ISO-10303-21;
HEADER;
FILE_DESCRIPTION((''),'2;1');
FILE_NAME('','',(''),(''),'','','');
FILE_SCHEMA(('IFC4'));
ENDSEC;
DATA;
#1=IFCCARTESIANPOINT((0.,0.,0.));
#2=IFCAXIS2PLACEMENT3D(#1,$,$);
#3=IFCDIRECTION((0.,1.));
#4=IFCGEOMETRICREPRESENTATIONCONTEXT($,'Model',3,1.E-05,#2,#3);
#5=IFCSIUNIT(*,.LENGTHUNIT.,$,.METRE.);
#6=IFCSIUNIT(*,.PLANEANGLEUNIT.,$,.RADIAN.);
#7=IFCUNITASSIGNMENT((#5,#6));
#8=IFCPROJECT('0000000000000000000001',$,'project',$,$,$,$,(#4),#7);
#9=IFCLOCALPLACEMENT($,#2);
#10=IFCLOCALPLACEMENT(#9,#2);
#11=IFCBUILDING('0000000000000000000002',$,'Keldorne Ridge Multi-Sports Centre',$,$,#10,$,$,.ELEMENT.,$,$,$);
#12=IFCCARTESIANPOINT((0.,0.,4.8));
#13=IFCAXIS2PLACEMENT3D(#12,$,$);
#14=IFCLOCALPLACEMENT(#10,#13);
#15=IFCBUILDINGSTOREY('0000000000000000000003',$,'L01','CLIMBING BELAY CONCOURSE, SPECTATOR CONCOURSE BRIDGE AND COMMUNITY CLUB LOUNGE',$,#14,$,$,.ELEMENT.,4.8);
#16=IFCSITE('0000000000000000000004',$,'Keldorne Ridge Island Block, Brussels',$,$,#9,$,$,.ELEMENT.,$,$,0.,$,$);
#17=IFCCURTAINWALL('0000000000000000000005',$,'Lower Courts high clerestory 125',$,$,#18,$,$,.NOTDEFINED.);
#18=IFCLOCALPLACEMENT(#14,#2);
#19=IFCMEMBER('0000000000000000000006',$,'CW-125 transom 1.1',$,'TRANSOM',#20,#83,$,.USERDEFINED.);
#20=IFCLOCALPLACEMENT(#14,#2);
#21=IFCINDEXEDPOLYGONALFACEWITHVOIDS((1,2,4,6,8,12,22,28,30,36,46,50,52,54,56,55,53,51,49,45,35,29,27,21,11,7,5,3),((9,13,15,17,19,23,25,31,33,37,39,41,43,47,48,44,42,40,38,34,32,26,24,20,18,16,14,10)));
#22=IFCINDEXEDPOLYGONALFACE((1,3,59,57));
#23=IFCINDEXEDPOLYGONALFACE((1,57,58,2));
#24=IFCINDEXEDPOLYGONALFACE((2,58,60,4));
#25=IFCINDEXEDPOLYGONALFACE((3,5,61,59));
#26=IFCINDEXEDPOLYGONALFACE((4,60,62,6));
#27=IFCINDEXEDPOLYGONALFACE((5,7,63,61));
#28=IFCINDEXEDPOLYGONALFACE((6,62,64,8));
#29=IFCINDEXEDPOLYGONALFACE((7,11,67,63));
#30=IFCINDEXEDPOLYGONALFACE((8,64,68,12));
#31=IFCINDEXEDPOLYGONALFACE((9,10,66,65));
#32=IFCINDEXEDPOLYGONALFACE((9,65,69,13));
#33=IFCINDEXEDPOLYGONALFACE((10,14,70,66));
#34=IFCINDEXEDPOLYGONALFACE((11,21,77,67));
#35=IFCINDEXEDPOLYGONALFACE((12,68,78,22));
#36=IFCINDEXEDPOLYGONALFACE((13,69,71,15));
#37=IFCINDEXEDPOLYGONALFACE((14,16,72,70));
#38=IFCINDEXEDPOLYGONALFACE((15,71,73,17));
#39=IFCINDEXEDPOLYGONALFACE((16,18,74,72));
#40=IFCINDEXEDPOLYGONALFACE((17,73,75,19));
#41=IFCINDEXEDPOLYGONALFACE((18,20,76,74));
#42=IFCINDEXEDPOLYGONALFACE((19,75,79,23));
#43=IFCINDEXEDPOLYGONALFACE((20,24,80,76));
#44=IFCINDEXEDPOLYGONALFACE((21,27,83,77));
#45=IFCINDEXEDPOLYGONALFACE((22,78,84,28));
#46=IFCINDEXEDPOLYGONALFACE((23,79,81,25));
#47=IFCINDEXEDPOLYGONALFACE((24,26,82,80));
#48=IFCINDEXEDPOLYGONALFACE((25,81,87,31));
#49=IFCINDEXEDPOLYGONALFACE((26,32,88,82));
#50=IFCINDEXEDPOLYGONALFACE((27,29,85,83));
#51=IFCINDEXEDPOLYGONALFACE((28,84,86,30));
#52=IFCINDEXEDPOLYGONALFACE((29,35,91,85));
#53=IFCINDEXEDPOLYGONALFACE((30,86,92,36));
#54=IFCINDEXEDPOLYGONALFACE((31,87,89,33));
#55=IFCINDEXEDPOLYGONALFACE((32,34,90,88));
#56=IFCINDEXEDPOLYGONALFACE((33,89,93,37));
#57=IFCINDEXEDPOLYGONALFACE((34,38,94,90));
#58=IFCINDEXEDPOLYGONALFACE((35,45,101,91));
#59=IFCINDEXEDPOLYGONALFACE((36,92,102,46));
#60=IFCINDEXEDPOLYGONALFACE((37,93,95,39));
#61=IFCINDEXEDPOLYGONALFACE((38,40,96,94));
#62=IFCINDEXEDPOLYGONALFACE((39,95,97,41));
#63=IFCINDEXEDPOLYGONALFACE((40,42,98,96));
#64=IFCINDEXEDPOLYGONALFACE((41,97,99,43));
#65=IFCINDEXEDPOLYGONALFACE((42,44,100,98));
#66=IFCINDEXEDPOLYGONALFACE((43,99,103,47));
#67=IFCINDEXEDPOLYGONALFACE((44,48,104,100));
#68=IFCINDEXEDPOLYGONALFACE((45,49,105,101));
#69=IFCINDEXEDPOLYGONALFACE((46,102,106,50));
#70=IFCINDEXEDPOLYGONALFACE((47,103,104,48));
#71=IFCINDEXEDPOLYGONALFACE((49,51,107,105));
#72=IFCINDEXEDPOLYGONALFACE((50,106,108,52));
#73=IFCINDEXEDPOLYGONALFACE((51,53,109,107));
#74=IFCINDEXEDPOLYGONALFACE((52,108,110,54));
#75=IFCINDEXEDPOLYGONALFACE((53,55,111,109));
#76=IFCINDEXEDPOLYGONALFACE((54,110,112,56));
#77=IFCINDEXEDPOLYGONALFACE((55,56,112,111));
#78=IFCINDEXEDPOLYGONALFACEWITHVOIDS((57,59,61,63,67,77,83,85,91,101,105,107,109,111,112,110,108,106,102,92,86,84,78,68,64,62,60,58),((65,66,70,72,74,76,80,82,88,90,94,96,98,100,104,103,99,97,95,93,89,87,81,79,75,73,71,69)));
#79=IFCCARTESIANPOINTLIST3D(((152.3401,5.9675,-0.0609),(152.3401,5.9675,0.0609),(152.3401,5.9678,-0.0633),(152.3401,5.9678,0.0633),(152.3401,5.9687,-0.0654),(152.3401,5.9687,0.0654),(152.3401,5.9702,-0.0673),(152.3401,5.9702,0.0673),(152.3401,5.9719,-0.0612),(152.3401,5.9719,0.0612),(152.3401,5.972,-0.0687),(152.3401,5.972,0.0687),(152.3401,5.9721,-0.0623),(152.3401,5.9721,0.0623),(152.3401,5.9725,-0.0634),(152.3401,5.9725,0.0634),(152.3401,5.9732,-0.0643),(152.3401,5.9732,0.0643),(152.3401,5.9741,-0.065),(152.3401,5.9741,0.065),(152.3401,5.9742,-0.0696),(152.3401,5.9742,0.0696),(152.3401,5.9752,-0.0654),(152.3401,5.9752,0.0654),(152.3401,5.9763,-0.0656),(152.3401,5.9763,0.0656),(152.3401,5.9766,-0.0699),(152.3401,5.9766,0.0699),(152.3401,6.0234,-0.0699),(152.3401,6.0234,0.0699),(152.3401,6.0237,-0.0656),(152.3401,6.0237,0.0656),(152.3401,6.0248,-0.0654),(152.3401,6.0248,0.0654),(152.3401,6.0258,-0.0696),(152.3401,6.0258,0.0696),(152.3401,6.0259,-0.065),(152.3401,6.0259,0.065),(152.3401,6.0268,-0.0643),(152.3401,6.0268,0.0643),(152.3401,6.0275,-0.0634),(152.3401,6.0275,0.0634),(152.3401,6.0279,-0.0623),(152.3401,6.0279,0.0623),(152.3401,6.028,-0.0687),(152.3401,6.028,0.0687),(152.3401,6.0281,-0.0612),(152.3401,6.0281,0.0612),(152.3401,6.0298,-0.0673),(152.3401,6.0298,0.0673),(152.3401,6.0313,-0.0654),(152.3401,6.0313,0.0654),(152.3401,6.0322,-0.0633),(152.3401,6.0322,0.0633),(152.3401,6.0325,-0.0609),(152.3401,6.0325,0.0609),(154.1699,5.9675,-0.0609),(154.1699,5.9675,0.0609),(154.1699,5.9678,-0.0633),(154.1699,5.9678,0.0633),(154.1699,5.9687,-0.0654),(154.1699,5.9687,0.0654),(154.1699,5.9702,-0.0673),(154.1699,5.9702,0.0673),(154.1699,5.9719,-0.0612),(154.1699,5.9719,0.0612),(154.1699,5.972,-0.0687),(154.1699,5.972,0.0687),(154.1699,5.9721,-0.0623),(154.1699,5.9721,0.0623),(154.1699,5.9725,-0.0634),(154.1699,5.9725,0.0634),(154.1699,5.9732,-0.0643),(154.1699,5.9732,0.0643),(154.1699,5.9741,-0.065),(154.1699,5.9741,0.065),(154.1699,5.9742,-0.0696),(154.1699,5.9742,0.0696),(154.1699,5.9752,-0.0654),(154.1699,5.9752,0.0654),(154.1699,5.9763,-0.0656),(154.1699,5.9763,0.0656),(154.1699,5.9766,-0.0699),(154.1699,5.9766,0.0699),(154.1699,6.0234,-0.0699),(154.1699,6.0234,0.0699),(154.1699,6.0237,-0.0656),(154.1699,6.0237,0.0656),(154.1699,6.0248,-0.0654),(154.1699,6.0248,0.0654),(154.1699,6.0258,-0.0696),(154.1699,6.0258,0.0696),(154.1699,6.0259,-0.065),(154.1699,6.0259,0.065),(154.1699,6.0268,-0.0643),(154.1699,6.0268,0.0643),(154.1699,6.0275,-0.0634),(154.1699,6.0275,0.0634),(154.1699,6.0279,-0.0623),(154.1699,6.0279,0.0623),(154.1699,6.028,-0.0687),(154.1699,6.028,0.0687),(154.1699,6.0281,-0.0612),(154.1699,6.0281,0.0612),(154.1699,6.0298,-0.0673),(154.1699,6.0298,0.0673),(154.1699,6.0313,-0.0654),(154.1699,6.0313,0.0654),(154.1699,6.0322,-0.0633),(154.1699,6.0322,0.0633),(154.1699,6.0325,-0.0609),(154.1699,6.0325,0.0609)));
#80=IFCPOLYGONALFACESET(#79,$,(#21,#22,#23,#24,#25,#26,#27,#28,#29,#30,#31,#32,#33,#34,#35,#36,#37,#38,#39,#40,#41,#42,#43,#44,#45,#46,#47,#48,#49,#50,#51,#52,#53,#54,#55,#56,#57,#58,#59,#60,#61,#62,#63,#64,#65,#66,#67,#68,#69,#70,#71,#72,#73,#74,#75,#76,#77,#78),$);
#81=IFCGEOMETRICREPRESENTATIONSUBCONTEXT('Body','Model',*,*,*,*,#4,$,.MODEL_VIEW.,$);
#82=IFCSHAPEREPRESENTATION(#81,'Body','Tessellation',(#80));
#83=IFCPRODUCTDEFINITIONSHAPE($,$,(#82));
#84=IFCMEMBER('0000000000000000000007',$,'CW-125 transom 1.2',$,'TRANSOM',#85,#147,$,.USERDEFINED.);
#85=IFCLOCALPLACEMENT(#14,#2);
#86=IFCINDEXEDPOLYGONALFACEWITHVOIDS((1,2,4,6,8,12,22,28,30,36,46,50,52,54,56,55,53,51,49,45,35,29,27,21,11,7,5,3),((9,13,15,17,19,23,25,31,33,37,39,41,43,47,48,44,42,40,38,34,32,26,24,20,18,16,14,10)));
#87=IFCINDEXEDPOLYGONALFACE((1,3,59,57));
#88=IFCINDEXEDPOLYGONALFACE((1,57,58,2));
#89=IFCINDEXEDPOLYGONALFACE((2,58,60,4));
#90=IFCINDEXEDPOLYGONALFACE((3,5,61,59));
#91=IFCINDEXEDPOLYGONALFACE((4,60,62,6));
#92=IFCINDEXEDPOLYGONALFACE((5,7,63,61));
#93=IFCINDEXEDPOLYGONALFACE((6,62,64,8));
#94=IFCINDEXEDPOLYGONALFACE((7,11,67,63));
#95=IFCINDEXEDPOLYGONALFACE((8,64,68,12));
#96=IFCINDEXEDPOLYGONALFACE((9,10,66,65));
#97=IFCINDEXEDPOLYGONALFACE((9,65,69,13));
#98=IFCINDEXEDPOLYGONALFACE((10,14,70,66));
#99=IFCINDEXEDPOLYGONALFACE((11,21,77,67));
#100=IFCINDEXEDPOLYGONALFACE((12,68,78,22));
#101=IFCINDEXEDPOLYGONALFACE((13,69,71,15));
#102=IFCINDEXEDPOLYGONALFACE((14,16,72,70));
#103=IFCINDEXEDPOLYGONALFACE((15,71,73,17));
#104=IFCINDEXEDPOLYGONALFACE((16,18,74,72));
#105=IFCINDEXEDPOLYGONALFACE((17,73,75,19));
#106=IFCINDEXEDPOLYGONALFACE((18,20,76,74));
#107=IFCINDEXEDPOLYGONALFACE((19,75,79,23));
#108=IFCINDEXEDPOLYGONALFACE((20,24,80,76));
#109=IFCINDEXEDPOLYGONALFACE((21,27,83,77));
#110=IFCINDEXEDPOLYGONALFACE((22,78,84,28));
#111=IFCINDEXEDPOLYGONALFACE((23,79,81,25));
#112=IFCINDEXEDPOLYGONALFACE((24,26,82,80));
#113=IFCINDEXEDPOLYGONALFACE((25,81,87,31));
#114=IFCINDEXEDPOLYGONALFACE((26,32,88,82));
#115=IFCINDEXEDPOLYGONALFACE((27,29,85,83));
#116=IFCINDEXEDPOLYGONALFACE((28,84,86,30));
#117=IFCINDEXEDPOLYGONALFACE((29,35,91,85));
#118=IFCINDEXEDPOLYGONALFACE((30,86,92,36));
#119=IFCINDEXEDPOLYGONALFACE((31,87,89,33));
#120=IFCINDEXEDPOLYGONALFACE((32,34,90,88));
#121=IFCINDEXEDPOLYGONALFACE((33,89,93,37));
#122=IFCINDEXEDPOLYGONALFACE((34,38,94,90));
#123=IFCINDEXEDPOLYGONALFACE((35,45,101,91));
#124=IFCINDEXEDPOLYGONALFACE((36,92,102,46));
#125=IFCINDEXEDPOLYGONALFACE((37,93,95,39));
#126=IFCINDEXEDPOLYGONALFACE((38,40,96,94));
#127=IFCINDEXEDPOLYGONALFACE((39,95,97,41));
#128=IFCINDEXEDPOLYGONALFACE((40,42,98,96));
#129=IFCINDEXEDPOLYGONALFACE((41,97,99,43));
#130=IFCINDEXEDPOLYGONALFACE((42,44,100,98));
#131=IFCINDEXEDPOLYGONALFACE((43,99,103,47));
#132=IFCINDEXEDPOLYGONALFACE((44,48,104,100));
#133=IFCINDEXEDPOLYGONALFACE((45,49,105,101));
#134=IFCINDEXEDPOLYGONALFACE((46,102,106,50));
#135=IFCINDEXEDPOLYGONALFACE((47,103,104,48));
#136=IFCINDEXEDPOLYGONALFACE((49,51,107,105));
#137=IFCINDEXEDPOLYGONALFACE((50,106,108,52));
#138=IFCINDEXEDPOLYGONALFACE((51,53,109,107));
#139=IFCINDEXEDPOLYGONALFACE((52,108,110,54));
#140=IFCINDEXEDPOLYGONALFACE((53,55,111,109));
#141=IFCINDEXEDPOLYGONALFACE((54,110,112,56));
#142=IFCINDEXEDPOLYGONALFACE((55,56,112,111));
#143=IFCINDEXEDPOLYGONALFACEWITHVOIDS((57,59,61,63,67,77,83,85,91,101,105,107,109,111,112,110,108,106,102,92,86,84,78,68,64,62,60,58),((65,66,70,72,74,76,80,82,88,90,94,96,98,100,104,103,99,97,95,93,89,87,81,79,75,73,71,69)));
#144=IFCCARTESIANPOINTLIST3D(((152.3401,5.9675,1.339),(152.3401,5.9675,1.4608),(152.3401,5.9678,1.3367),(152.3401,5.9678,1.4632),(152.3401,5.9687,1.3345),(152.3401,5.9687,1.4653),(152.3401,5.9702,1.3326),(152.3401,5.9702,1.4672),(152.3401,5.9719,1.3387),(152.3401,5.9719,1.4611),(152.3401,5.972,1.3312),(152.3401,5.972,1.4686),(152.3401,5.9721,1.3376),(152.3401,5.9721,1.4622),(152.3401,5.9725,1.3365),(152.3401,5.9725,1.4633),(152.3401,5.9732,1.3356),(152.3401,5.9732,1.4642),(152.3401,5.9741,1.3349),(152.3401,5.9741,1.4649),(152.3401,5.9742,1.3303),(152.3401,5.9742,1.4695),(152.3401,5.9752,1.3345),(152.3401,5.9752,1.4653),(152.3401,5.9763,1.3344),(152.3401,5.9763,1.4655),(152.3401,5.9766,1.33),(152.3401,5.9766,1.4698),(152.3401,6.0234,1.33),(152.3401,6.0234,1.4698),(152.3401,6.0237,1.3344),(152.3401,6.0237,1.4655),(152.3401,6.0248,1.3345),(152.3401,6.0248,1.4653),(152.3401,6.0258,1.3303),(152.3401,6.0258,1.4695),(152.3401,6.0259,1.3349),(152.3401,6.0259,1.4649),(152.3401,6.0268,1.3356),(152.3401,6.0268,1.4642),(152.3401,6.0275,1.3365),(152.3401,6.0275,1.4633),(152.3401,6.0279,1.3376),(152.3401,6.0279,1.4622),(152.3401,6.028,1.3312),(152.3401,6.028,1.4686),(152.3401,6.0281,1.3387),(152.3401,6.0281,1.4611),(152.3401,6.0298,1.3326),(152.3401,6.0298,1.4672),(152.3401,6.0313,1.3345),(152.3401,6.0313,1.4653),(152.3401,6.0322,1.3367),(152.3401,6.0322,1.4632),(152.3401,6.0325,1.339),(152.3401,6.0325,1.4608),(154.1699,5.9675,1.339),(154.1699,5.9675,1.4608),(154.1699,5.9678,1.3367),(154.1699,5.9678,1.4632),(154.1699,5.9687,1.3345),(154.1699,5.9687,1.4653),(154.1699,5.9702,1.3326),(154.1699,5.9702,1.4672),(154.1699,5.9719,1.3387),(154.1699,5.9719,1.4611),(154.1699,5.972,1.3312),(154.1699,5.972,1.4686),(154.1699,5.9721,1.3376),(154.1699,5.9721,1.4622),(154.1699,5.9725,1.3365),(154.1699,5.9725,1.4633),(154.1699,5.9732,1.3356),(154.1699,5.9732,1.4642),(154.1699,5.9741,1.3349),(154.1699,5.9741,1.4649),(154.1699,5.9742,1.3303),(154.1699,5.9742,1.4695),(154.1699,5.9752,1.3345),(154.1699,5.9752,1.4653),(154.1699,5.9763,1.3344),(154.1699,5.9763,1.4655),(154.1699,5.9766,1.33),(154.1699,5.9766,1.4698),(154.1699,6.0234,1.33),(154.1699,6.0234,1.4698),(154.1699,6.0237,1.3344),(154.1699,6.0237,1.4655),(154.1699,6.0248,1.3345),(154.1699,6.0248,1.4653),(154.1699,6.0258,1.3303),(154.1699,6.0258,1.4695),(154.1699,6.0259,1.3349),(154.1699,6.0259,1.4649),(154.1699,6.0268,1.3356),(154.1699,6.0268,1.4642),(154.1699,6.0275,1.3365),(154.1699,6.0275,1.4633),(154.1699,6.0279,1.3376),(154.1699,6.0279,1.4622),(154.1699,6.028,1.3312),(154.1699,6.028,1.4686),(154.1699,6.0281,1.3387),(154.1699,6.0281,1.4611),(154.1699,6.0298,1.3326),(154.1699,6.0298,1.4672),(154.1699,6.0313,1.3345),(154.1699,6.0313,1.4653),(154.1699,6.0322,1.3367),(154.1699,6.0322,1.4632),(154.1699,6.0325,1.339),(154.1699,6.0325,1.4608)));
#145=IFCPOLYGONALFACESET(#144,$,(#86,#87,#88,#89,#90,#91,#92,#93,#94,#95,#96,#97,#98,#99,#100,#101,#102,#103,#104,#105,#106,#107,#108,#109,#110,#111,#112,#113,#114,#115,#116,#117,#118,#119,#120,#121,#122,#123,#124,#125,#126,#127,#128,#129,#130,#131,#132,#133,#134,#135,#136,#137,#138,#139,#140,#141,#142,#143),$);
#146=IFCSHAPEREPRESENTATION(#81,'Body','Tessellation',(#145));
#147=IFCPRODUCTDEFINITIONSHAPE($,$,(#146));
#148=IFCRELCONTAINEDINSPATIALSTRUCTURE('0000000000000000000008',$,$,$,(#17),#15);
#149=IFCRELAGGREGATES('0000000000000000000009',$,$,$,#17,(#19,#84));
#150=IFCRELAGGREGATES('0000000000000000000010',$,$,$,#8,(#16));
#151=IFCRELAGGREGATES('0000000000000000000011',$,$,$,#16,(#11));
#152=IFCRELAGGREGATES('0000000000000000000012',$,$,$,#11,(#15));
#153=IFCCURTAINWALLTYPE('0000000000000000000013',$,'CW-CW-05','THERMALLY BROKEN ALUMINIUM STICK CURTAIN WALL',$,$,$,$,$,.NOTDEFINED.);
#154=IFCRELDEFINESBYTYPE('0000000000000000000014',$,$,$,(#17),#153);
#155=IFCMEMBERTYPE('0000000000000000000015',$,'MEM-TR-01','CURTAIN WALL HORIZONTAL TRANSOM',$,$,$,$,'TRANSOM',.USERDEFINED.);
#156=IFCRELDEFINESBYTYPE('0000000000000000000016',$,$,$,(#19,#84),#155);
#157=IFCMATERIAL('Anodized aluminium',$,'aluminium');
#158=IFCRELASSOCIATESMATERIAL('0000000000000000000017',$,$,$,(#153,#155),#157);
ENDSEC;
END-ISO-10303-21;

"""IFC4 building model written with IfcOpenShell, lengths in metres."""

from ifc_helpers import new_model, si_unit, direction, frame, origin, origin_2d, place, context, subcontext, project, spatial, hollow_rectangle, extrude, material, material_profile, profile_set, type_object, element, aggregate, save


model = new_model("IFC4")

# Units and contexts
model_context = context("Model", 3, precision=1e-05, world=origin(), true_north=direction((0.0, 1.0)))
body_context = subcontext(model_context, "Body", "Model", "MODEL_VIEW")
ifc_project = project(units=[si_unit("LENGTHUNIT", "METRE"), si_unit("PLANEANGLEUNIT", "RADIAN")], contexts=[model_context])

# Site, building, storey
site_placement = place(None, origin())
site = spatial("IfcSite", under=ifc_project, at=site_placement, Name="Keldorne Ridge Island Block, Brussels", CompositionType="ELEMENT", RefElevation=0.0)
building_placement = place(site_placement, origin())
building = spatial("IfcBuilding", under=site, at=building_placement, Name="Keldorne Ridge Multi-Sports Centre", CompositionType="ELEMENT")
storey_placement = place(building_placement, frame((0.0, 0.0, 4.8)))
storey = spatial("IfcBuildingStorey", under=building, at=storey_placement, Name="L01", Description="CLIMBING BELAY CONCOURSE, SPECTATOR CONCOURSE BRIDGE AND COMMUNITY CLUB LOUNGE", CompositionType="ELEMENT", Elevation=4.8)

# Curtain wall, members
ifc_material_1 = material(Name="Anodized aluminium", Category="aluminium")
curtain_wall_type = type_object("IfcCurtainWallType", Name="CW-CW-05", Description="THERMALLY BROKEN ALUMINIUM STICK CURTAIN WALL", PredefinedType="NOTDEFINED", material=ifc_material_1)
curtain_wall_placement = place(storey_placement, origin())
curtain_wall = element("IfcCurtainWall", 1, at=curtain_wall_placement, inside=storey, type_object=curtain_wall_type, Name="Lower Courts high clerestory 125", PredefinedType="NOTDEFINED")
ifc_material_profile_1 = material_profile(ifc_material_1, hollow_rectangle(XDim=0.0649, YDim=0.1399, WallThickness=0.0044, InnerFilletRadius=0.0044, OuterFilletRadius=0.009, at=origin_2d()), Name="ALU TRANSOM 140x65x4.5")
ifc_profile_set_1 = profile_set([ifc_material_profile_1], Name="Anodized aluminium")
member_type_1 = type_object("IfcMemberType", Name="MEM-TR-01", Description="CURTAIN WALL HORIZONTAL TRANSOM", ElementType="TRANSOM", PredefinedType="USERDEFINED", material=ifc_profile_set_1)
member_1_placement = place(storey_placement, frame((152.3401, 6.0, 0.0), z_axis=(1.0, 0.0, 0.0), x_axis=(0.0, 1.0, 0.0)))
member_1 = element("IfcMember", 2, at=member_1_placement, type_object=member_type_1, Name="CW-125 transom 1.1", ObjectType="TRANSOM", PredefinedType="USERDEFINED", context=body_context, shape_type="SweptSolid", body=[
    extrude(hollow_rectangle(XDim=0.0649, YDim=0.1399, WallThickness=0.0044, InnerFilletRadius=0.0044, OuterFilletRadius=0.009, at=origin_2d()), origin(), (0.0, 0.0, 1.0), 1.8298),
])
member_2_placement = place(storey_placement, frame((152.3401, 6.0, 1.3999), z_axis=(1.0, 0.0, 0.0), x_axis=(0.0, 1.0, 0.0)))
member_2 = element("IfcMember", 3, at=member_2_placement, type_object=member_type_1, Name="CW-125 transom 1.2", ObjectType="TRANSOM", PredefinedType="USERDEFINED", context=body_context, shape_type="SweptSolid", body=[
    extrude(hollow_rectangle(XDim=0.0649, YDim=0.1399, WallThickness=0.0044, InnerFilletRadius=0.0044, OuterFilletRadius=0.009, at=origin_2d()), origin(), (0.0, 0.0, 1.0), 1.8298),
])
aggregate(curtain_wall, [member_1, member_2])

save(model, "model.ifc")
